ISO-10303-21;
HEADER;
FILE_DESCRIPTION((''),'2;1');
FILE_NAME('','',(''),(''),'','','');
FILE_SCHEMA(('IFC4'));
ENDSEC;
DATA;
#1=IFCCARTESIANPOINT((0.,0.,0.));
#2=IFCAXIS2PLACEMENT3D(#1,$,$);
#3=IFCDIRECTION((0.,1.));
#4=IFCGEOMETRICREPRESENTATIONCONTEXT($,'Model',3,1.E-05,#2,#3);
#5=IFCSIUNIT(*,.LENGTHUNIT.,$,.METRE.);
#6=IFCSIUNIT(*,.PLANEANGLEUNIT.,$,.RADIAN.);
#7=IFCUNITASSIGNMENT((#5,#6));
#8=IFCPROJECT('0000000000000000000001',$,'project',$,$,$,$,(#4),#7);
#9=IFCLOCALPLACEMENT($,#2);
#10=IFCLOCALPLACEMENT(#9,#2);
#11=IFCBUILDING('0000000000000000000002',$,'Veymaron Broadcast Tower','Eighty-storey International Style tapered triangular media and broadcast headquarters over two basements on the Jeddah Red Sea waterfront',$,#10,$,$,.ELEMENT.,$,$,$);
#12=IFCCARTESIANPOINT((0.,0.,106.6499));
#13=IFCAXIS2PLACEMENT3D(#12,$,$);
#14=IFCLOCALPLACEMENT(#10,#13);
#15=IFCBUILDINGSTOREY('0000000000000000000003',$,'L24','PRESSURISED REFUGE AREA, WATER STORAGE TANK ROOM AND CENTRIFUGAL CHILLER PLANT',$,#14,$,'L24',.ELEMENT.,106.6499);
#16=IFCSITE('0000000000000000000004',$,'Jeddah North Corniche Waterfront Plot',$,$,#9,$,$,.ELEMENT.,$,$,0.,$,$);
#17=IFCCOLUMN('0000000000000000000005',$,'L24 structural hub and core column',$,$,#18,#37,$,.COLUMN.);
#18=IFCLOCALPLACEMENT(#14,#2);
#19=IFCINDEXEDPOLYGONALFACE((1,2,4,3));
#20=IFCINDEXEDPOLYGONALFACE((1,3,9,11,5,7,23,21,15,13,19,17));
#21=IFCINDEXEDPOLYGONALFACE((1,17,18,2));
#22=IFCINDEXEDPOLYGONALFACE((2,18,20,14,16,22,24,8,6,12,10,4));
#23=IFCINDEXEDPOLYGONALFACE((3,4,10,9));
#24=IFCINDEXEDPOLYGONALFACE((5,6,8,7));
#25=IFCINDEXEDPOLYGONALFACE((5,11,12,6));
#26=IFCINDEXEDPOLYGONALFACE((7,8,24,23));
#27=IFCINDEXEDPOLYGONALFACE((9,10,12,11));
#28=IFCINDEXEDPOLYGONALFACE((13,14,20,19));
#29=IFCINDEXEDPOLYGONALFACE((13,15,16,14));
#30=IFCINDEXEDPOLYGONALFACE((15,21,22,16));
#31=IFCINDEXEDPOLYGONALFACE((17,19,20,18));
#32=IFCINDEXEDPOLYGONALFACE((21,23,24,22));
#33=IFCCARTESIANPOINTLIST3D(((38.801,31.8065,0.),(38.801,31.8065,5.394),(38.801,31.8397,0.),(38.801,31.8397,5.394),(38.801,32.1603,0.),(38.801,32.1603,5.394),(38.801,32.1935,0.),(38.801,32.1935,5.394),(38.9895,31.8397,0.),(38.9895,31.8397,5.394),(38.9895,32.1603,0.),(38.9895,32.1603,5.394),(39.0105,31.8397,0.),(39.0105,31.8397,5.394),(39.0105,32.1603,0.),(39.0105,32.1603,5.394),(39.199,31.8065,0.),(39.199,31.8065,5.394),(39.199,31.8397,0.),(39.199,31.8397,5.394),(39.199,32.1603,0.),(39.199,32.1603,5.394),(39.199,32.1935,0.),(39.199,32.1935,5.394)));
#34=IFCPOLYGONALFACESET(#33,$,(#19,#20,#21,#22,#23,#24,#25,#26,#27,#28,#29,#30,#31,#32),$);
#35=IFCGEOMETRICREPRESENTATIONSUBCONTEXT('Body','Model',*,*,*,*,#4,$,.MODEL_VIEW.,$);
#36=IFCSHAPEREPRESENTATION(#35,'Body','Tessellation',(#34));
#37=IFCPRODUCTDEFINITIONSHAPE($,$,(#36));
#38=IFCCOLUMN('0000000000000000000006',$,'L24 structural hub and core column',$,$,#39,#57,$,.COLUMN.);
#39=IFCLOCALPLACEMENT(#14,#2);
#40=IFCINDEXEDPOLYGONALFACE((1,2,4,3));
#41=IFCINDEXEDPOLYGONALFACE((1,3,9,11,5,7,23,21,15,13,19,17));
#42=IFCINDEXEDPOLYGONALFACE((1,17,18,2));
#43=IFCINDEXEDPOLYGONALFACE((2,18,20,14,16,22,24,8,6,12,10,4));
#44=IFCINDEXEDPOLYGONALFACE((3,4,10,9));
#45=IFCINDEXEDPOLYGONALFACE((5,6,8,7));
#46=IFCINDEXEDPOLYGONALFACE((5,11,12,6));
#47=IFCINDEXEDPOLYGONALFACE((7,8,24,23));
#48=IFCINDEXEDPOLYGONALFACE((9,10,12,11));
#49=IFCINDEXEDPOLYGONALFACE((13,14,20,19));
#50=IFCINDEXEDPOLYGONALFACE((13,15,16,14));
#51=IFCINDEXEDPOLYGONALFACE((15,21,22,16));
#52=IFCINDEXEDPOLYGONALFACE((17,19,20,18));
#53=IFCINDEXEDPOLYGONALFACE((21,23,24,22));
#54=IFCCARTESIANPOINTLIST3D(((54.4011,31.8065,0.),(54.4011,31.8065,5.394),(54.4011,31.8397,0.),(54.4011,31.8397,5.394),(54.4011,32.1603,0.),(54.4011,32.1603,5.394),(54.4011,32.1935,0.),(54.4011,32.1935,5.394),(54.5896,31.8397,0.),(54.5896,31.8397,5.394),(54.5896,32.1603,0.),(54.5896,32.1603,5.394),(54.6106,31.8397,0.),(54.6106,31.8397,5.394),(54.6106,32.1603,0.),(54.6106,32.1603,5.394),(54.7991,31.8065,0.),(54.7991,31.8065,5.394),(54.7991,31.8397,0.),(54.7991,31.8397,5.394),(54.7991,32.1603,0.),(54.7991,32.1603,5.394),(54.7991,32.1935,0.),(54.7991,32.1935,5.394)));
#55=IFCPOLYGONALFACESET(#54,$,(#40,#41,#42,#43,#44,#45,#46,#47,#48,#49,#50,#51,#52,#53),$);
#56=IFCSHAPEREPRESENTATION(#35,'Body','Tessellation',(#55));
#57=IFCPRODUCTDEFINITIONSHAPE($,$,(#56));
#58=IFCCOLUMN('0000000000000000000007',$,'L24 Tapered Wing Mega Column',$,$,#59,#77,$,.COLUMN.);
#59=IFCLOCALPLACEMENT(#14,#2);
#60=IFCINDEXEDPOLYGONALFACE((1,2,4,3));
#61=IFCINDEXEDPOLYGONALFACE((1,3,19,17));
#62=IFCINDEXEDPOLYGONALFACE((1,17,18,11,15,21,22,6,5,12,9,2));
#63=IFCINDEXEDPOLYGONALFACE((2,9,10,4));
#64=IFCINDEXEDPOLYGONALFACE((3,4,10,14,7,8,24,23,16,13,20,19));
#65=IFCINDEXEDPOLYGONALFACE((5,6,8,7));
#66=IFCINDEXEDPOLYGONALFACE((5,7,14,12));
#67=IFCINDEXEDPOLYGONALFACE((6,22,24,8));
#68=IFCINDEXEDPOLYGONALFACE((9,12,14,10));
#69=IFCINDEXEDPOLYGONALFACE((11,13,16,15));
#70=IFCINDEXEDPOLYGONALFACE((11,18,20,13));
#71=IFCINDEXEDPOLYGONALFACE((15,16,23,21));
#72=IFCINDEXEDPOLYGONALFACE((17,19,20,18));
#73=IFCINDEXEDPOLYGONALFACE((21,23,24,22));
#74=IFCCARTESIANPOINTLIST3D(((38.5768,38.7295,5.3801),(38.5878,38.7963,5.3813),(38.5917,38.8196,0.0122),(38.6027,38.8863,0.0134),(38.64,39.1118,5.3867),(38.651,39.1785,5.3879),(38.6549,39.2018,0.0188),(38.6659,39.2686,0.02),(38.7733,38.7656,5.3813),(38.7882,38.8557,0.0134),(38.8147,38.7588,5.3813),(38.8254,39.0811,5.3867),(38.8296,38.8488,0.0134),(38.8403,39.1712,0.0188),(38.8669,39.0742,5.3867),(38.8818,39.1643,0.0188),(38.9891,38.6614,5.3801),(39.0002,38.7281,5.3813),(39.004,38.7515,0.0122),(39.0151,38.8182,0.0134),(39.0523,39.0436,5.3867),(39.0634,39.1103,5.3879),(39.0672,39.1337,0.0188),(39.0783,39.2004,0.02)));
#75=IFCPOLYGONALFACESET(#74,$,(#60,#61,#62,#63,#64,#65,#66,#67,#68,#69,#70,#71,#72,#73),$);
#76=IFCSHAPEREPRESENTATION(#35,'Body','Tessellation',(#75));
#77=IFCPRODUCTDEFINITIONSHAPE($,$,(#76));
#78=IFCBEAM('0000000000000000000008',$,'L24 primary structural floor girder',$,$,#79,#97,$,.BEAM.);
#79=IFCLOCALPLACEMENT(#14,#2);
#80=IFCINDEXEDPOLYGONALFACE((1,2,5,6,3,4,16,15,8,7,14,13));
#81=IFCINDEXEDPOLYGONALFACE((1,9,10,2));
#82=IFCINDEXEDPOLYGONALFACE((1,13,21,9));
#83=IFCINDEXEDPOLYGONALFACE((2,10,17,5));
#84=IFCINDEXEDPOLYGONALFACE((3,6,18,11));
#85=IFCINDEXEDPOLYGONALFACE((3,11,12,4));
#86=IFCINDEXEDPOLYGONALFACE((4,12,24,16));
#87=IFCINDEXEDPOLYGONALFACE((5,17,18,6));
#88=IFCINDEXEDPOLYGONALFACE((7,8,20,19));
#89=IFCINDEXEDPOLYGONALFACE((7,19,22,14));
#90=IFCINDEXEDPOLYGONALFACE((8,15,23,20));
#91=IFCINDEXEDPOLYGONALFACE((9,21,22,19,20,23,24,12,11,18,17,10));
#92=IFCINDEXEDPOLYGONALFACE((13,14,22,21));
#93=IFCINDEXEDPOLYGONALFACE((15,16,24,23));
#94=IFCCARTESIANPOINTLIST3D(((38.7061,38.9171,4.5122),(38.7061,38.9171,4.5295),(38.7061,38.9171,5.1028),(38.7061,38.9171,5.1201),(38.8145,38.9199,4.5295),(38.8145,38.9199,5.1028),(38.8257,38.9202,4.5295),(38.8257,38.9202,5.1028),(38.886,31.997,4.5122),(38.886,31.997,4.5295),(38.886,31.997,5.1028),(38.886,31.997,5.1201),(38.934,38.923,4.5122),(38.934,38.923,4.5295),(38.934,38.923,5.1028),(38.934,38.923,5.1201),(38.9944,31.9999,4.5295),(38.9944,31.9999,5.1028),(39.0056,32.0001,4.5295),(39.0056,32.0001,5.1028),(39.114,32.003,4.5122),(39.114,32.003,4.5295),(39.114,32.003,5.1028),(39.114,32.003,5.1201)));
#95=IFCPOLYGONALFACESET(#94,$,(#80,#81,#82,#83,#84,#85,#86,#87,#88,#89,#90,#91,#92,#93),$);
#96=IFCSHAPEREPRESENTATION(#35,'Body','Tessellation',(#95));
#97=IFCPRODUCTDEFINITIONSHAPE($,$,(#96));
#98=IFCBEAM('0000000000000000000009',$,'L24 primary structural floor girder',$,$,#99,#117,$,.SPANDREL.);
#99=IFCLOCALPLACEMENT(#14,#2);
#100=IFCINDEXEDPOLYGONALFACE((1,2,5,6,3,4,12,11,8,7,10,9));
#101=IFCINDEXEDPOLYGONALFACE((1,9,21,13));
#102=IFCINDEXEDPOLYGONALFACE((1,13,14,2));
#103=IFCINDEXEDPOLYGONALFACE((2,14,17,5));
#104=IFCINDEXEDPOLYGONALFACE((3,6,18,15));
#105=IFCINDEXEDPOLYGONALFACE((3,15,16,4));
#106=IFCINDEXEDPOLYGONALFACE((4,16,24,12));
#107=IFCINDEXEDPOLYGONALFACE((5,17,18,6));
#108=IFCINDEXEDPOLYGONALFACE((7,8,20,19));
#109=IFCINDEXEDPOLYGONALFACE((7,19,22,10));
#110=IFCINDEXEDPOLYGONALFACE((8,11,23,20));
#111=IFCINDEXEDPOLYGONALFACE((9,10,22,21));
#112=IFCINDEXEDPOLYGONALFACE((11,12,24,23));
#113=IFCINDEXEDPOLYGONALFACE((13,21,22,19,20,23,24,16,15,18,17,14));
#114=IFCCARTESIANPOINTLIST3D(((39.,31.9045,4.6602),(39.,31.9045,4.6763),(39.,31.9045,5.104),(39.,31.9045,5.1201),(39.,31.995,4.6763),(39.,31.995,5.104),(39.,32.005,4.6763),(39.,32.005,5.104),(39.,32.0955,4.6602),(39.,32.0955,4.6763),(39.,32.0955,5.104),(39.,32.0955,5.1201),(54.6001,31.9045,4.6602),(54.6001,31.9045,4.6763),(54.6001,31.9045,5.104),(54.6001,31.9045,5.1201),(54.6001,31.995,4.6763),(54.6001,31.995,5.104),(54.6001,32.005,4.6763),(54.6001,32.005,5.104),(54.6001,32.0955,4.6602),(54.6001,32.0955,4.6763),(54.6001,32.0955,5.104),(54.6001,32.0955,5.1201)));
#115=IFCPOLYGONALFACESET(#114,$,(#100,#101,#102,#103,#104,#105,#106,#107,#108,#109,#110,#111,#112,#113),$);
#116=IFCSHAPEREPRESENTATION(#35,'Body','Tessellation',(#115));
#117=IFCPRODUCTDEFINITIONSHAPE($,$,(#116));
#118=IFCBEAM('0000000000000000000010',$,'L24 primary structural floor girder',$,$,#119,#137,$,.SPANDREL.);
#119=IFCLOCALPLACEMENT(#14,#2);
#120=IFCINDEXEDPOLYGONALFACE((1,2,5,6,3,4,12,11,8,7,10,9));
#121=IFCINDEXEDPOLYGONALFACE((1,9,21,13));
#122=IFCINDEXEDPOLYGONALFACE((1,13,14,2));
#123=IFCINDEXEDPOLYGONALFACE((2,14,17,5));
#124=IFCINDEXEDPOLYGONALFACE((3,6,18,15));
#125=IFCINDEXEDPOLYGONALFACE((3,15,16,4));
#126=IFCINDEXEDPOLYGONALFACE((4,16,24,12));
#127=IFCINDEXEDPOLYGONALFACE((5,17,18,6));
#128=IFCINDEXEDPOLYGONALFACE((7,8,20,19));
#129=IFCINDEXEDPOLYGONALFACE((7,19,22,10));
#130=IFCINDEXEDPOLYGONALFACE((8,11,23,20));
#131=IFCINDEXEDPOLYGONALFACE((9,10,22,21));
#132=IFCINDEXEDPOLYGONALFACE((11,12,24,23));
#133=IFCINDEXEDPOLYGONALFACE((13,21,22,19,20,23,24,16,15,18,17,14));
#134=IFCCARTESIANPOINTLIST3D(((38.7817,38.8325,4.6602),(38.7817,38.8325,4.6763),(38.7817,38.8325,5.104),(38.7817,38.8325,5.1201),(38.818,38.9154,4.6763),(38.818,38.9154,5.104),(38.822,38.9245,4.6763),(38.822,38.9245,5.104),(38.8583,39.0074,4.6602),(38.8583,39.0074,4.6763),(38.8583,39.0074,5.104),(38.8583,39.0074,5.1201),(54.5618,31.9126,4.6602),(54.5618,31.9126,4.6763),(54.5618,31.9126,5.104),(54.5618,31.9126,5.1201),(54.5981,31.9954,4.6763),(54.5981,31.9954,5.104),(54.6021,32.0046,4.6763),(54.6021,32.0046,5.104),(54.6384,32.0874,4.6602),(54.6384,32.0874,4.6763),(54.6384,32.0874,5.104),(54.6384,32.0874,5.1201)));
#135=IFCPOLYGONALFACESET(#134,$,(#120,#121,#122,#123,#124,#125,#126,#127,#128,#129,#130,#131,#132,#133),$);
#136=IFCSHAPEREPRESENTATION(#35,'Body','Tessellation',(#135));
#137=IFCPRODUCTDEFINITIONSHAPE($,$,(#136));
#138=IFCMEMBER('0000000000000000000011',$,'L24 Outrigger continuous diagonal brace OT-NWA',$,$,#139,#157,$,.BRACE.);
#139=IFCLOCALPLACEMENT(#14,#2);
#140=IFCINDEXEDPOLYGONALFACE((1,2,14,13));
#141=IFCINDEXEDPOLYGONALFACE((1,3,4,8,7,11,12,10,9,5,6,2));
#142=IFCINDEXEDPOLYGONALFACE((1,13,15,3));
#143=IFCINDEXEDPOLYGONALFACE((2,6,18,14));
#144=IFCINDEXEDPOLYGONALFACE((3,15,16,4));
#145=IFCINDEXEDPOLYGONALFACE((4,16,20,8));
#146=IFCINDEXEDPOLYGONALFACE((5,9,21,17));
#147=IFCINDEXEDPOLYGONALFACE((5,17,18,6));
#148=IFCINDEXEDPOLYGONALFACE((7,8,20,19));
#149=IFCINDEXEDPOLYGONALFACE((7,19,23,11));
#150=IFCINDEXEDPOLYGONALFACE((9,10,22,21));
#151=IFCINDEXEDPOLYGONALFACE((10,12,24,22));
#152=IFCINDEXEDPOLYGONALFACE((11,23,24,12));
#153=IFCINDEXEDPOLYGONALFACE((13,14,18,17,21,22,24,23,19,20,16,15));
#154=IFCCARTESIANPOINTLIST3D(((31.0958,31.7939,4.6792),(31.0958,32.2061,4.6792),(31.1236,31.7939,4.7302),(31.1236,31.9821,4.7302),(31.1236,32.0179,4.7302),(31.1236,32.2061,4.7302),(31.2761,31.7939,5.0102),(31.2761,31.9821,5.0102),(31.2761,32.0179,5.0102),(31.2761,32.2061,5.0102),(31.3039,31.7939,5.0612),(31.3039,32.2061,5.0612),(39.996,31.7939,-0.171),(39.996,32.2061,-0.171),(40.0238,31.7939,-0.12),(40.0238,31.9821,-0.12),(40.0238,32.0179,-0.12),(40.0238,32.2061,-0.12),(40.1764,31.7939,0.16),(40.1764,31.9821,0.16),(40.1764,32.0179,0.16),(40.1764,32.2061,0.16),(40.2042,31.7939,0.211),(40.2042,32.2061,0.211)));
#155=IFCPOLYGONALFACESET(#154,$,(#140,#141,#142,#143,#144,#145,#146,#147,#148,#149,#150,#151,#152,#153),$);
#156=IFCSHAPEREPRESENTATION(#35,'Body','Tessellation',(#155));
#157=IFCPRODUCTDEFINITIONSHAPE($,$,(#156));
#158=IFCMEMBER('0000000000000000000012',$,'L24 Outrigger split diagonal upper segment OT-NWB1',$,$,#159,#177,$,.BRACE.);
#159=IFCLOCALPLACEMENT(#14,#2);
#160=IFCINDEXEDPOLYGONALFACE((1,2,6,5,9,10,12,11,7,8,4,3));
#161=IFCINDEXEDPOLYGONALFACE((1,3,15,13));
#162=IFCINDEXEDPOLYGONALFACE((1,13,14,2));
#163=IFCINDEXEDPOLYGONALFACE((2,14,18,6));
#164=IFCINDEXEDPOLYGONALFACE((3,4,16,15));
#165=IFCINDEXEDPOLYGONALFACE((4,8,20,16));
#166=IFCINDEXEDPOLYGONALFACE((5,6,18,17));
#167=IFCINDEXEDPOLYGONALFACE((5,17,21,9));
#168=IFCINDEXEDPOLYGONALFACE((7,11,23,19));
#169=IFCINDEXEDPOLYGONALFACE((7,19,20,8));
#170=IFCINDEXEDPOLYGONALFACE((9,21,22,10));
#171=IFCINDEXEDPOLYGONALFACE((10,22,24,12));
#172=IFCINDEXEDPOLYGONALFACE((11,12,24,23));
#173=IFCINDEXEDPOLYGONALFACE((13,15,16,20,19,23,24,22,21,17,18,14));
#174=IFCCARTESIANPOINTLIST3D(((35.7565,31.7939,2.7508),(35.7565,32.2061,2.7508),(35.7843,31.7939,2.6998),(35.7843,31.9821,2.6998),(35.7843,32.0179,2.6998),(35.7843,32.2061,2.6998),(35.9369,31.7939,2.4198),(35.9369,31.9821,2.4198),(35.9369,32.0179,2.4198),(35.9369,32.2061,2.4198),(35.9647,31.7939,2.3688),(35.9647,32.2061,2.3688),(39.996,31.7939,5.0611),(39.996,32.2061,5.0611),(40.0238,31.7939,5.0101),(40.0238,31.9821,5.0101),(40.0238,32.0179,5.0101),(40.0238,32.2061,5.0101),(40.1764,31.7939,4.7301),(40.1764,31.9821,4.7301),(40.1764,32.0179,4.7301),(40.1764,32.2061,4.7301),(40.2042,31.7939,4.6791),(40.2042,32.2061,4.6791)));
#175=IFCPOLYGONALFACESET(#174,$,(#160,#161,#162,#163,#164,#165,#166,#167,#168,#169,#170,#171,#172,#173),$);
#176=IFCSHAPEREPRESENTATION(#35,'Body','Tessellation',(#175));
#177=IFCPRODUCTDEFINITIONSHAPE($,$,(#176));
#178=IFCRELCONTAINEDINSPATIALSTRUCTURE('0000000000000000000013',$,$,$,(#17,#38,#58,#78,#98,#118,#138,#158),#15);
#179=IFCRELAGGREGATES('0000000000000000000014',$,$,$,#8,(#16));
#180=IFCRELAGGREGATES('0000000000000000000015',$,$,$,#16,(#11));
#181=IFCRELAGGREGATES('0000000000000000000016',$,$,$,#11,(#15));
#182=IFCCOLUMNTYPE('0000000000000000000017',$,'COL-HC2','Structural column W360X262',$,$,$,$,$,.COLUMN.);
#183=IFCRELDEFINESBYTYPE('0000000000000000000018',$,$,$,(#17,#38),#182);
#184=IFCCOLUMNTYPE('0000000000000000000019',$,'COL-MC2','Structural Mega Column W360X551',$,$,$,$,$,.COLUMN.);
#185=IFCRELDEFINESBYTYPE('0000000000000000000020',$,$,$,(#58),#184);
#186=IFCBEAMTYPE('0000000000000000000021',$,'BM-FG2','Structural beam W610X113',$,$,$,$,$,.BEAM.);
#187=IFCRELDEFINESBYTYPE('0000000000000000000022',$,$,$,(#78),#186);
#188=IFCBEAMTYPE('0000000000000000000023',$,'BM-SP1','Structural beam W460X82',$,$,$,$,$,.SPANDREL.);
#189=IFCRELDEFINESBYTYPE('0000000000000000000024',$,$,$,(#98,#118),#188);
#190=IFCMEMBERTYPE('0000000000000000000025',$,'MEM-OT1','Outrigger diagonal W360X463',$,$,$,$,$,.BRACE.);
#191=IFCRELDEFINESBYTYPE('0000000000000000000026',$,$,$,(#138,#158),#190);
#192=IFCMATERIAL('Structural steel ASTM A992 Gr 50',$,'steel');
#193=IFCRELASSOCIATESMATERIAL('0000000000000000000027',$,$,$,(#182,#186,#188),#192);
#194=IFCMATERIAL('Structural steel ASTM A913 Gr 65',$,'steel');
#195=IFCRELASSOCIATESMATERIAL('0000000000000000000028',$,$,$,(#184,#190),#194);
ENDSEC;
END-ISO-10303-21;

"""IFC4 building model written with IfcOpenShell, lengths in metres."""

from ifc_helpers import new_model, si_unit, direction, frame, origin, origin_2d, place, context, subcontext, project, spatial, i_section, extrude, material, material_profile, profile_set, type_object, element, save


model = new_model("IFC4")

# Units and contexts
model_context = context("Model", 3, precision=1e-05, world=origin(), true_north=direction((0.0, 1.0)))
body_context = subcontext(model_context, "Body", "Model", "MODEL_VIEW")
ifc_project = project(units=[si_unit("LENGTHUNIT", "METRE"), si_unit("PLANEANGLEUNIT", "RADIAN")], contexts=[model_context])

# Site, building, storey
site_placement = place(None, origin())
site = spatial("IfcSite", under=ifc_project, at=site_placement, Name="Jeddah North Corniche Waterfront Plot", CompositionType="ELEMENT", RefElevation=0.0)
building_placement = place(site_placement, origin())
building = spatial("IfcBuilding", under=site, at=building_placement, Name="Veymaron Broadcast Tower", Description="Eighty-storey International Style tapered triangular media and broadcast headquarters over two basements on the Jeddah Red Sea waterfront", CompositionType="ELEMENT")
storey_placement = place(building_placement, frame((0.0, 0.0, 106.6499)))
storey = spatial("IfcBuildingStorey", under=building, at=storey_placement, Name="L24", Description="PRESSURISED REFUGE AREA, WATER STORAGE TANK ROOM AND CENTRIFUGAL CHILLER PLANT", LongName="L24", CompositionType="ELEMENT", Elevation=106.6499)

# Columns
ifc_material_1 = material(Name="Structural steel ASTM A992 Gr 50", Category="steel")
ifc_material_profile_1 = material_profile(ifc_material_1, i_section(OverallWidth=0.3979, OverallDepth=0.387, WebThickness=0.021, FlangeThickness=0.0332, at=origin_2d()), Name="W360X262")
ifc_profile_set_1 = profile_set([ifc_material_profile_1], Name="Structural steel ASTM A992 Gr 50")
column_type_1 = type_object("IfcColumnType", Name="COL-HC2", Description="Structural column W360X262", PredefinedType="COLUMN", material=ifc_profile_set_1)
for number, where, z_axis, x_axis, name in (
    (1, (39.0, 32.0, 0.0), (0.0, 0.0, 1.0), (1.0, 0.0, 0.0), "L24 structural hub and core column"),
    (2, (54.6001, 32.0, 0.0), (0.0, 0.0, 1.0), (1.0, 0.0, 0.0), "L24 structural hub and core column"),
):
    element("IfcColumn", number, at=place(storey_placement, frame(where, z_axis=z_axis, x_axis=x_axis)), inside=storey, type_object=column_type_1, Name=name, PredefinedType="COLUMN", context=body_context, shape_type="SweptSolid", body=[
        extrude(i_section(OverallWidth=0.3979, OverallDepth=0.387, WebThickness=0.021, FlangeThickness=0.0332, at=origin_2d()), origin(), (0.0, 0.0, 1.0), 5.394),
    ])
ifc_material_2 = material(Name="Structural steel ASTM A913 Gr 65", Category="steel")
ifc_material_profile_2 = material_profile(ifc_material_2, i_section(OverallWidth=0.418, OverallDepth=0.4551, WebThickness=0.042, FlangeThickness=0.0676, at=origin_2d()), Name="W360X551")
ifc_profile_set_2 = profile_set([ifc_material_profile_2], Name="Structural steel ASTM A913 Gr 65")
column_type_2 = type_object("IfcColumnType", Name="COL-MC2", Description="Structural Mega Column W360X551", PredefinedType="COLUMN", material=ifc_profile_set_2)
column_placement = place(storey_placement, frame((38.835, 39.01, 0.0161), z_axis=(-0.002774, -0.01678, 0.999855), x_axis=(0.98661, -0.163098, 0.0)))
element("IfcColumn", 3, at=column_placement, inside=storey, type_object=column_type_2, Name="L24 Tapered Wing Mega Column", PredefinedType="COLUMN", context=body_context, shape_type="SweptSolid", body=[
    extrude(i_section(OverallWidth=0.418, OverallDepth=0.4551, WebThickness=0.042, FlangeThickness=0.0676, at=origin_2d()), origin(), (0.0, 0.0, 1.0), 5.3687),
])

# Beams
ifc_material_profile_3 = material_profile(ifc_material_1, i_section(OverallWidth=0.228, OverallDepth=0.6079, WebThickness=0.0112, FlangeThickness=0.0173, at=origin_2d()), Name="W610X113")
ifc_profile_set_3 = profile_set([ifc_material_profile_3], Name="Structural steel ASTM A992 Gr 50")
beam_type_1 = type_object("IfcBeamType", Name="BM-FG2", Description="Structural beam W610X113", PredefinedType="BEAM", material=ifc_profile_set_3)
beam_1_placement = place(storey_placement, frame((39.0, 32.0, 4.8162), z_axis=(-0.025993, 0.999662, 0.0), x_axis=(-0.999662, -0.025993, 0.0)))
element("IfcBeam", 4, at=beam_1_placement, inside=storey, type_object=beam_type_1, Name="L24 primary structural floor girder", PredefinedType="BEAM", context=body_context, shape_type="SweptSolid", body=[
    extrude(i_section(OverallWidth=0.228, OverallDepth=0.6079, WebThickness=0.0112, FlangeThickness=0.0173, at=origin_2d()), origin(), (0.0, 0.0, 1.0), 6.9224),
])
ifc_material_profile_4 = material_profile(ifc_material_1, i_section(OverallWidth=0.1909, OverallDepth=0.46, WebThickness=0.01, FlangeThickness=0.0161, at=origin_2d()), Name="W460X82")
ifc_profile_set_4 = profile_set([ifc_material_profile_4], Name="Structural steel ASTM A992 Gr 50")
beam_type_2 = type_object("IfcBeamType", Name="BM-SP1", Description="Structural beam W460X82", PredefinedType="SPANDREL", material=ifc_profile_set_4)
beam_2_placement = place(storey_placement, frame((39.0, 32.0, 4.8901), z_axis=(1.0, 0.0, 0.0), x_axis=(0.0, 1.0, 0.0)))
element("IfcBeam", 5, at=beam_2_placement, inside=storey, type_object=beam_type_2, Name="L24 primary structural floor girder", PredefinedType="SPANDREL", context=body_context, shape_type="SweptSolid", body=[
    extrude(i_section(OverallWidth=0.1909, OverallDepth=0.46, WebThickness=0.01, FlangeThickness=0.0161, at=origin_2d()), origin(), (0.0, 0.0, 1.0), 15.6001),
])
beam_3_placement = place(storey_placement, frame((54.6001, 32.0, 4.8901), z_axis=(-0.915813, 0.401606, 0.0), x_axis=(-0.401606, -0.915813, 0.0)))
element("IfcBeam", 6, at=beam_3_placement, inside=storey, type_object=beam_type_2, Name="L24 primary structural floor girder", PredefinedType="SPANDREL", context=body_context, shape_type="SweptSolid", body=[
    extrude(i_section(OverallWidth=0.1909, OverallDepth=0.46, WebThickness=0.01, FlangeThickness=0.0161, at=origin_2d()), origin(), (0.0, 0.0, 1.0), 17.2307),
])

# Members
ifc_material_profile_5 = material_profile(ifc_material_2, i_section(OverallWidth=0.4121, OverallDepth=0.4351, WebThickness=0.0359, FlangeThickness=0.0581, at=origin_2d()), Name="W360X463")
ifc_profile_set_5 = profile_set([ifc_material_profile_5], Name="Structural steel ASTM A913 Gr 65")
member_type = type_object("IfcMemberType", Name="MEM-OT1", Description="Outrigger diagonal W360X463", PredefinedType="BRACE", material=ifc_profile_set_5)
member_1_placement = place(storey_placement, frame((40.1001, 32.0, 0.02), z_axis=(-0.878083, 0.0, 0.478508), x_axis=(0.0, -1.0, 0.0)))
element("IfcMember", 7, at=member_1_placement, inside=storey, type_object=member_type, Name="L24 Outrigger continuous diagonal brace OT-NWA", PredefinedType="BRACE", context=body_context, shape_type="SweptSolid", body=[
    extrude(i_section(OverallWidth=0.4121, OverallDepth=0.4351, WebThickness=0.0359, FlangeThickness=0.0581, at=origin_2d()), origin(), (0.0, 0.0, 1.0), 10.136),
])
member_2_placement = place(storey_placement, frame((40.1001, 32.0, 4.8701), z_axis=(-0.878083, 0.0, -0.478508), x_axis=(0.0, -1.0, 0.0)))
element("IfcMember", 8, at=member_2_placement, inside=storey, type_object=member_type, Name="L24 Outrigger split diagonal upper segment OT-NWB1", PredefinedType="BRACE", context=body_context, shape_type="SweptSolid", body=[
    extrude(i_section(OverallWidth=0.4121, OverallDepth=0.4351, WebThickness=0.0359, FlangeThickness=0.0581, at=origin_2d()), origin(), (0.0, 0.0, 1.0), 4.8281),
])

save(model, "model.ifc")
